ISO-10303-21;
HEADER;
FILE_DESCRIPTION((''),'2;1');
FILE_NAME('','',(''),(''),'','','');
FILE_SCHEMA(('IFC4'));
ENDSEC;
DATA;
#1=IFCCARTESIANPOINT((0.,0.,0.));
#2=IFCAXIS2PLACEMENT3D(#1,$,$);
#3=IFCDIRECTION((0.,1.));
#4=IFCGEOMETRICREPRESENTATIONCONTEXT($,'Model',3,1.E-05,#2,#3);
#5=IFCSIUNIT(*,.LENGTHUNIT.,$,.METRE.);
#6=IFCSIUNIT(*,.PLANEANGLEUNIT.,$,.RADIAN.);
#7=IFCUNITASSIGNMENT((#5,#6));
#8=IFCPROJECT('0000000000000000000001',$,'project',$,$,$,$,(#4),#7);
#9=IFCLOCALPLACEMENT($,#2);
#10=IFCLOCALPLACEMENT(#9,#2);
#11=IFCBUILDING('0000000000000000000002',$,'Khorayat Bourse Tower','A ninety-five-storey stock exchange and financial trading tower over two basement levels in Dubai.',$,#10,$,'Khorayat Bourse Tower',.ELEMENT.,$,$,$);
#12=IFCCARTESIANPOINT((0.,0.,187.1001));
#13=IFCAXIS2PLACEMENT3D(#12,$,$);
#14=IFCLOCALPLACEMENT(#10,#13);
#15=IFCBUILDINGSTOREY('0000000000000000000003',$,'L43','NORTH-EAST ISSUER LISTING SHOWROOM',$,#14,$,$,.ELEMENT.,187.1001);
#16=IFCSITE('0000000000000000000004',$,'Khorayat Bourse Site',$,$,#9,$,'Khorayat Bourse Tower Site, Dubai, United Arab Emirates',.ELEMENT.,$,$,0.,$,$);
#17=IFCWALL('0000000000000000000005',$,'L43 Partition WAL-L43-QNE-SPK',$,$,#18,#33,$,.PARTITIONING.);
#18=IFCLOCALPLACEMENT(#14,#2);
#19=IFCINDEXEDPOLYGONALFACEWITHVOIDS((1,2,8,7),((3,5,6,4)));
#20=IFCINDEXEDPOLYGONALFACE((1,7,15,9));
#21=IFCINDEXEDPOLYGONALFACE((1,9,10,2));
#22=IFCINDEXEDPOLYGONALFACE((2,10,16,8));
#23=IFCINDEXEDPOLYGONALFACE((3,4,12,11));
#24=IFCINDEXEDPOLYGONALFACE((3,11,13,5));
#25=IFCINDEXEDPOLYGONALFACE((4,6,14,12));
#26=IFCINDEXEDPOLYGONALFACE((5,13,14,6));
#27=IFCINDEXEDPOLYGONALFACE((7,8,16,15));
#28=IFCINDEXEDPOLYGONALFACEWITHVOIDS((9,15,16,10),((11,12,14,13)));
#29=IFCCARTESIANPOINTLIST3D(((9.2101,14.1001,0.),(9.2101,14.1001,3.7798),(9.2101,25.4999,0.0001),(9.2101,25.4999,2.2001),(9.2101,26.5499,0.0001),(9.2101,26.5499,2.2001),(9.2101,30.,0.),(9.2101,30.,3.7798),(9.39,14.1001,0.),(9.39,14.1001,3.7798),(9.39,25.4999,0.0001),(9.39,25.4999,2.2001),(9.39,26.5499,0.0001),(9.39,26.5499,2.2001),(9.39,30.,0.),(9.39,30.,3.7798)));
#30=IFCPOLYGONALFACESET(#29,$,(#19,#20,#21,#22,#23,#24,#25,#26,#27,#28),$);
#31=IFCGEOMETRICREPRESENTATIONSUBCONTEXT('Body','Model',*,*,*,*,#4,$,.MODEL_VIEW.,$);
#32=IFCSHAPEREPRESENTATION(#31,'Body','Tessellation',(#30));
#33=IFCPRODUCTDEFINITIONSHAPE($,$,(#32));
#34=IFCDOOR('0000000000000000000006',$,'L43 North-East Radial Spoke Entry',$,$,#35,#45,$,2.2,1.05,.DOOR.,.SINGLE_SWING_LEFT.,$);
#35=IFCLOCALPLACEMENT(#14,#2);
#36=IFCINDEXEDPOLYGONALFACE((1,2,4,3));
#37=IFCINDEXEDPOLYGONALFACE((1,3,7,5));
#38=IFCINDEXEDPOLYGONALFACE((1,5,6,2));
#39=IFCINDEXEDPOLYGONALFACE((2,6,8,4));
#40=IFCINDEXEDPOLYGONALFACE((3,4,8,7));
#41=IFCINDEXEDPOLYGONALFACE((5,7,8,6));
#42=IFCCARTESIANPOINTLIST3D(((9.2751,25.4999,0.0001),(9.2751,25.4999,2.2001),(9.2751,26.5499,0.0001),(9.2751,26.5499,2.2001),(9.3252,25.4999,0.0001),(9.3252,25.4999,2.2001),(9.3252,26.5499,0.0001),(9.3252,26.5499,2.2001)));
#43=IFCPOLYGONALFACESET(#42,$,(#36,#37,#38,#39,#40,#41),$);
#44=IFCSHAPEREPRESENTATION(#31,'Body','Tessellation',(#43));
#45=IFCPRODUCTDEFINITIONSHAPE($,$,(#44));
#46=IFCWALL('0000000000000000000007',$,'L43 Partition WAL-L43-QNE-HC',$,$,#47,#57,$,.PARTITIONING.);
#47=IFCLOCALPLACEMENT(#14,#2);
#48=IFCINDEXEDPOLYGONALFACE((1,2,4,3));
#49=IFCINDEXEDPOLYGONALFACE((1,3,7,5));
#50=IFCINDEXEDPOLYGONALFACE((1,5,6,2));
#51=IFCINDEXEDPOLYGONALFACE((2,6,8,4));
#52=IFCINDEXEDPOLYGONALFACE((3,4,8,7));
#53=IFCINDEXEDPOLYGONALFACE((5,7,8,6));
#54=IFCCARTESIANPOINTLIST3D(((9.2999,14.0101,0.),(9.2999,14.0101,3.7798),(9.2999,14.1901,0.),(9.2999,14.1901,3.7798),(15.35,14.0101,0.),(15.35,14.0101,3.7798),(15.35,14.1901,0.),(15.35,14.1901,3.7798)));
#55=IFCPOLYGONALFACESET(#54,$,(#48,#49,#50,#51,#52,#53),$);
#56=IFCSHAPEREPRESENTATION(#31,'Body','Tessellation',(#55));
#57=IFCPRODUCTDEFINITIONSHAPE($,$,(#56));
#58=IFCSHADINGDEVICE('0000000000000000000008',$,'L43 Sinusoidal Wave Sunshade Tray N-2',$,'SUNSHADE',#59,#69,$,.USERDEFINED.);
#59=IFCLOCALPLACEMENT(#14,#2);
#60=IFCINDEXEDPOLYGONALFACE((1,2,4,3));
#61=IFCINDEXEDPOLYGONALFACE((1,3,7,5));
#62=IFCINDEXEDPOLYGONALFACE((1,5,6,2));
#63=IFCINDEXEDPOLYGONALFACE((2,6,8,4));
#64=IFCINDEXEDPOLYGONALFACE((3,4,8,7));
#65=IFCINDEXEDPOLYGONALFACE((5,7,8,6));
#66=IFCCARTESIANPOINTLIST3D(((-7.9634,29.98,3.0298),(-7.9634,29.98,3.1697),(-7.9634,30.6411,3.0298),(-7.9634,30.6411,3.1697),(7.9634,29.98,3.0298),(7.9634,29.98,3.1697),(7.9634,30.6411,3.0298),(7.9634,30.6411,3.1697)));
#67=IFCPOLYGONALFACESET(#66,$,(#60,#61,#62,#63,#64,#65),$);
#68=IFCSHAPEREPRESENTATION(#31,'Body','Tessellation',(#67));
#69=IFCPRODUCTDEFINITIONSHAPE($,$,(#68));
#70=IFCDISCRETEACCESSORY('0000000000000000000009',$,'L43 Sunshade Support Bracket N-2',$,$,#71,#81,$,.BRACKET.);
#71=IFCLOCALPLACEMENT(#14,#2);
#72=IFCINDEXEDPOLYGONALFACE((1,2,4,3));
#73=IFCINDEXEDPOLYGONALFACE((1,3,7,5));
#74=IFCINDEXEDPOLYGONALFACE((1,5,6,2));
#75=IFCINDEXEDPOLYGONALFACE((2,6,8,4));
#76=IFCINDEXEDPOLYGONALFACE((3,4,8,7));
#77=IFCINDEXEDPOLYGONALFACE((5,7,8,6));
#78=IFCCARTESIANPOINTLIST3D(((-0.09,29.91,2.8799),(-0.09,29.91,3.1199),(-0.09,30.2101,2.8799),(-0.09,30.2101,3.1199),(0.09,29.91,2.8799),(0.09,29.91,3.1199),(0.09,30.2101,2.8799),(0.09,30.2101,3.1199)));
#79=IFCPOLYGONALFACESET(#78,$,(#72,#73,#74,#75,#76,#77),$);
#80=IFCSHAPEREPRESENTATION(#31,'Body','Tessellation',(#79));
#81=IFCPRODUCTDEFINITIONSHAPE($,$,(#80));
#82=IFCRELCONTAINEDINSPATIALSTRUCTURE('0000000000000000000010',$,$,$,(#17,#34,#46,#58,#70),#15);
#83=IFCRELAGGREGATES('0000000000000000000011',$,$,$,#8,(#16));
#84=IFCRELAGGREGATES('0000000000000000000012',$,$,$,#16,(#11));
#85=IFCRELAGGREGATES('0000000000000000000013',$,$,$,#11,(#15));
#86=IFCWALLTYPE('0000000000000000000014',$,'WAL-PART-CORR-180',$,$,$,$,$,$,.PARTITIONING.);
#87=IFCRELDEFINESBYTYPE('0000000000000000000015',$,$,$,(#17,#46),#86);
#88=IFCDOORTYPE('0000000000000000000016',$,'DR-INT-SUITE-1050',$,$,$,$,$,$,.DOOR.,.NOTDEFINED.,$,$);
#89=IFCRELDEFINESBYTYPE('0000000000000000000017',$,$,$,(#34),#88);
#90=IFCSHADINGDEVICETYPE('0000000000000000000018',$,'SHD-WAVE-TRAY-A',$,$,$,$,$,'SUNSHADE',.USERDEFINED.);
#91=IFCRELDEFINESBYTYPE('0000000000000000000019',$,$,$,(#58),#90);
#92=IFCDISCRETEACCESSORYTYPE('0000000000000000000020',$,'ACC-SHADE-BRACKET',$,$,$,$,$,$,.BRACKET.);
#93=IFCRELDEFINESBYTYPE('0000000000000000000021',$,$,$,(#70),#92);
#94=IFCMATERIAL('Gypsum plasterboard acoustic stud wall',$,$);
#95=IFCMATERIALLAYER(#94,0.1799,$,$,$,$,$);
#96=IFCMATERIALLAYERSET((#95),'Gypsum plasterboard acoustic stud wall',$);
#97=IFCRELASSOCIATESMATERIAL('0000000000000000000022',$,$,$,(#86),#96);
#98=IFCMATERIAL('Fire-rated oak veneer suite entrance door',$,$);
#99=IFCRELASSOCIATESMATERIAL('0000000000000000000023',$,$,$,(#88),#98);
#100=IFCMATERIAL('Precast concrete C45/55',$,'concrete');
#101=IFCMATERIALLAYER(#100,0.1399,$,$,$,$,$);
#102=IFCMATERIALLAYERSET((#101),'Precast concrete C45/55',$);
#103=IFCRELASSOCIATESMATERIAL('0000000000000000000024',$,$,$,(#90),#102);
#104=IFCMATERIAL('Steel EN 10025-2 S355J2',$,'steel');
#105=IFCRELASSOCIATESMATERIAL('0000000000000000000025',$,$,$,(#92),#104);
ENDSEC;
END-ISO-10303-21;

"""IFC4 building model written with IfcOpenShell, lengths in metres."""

from ifc_helpers import new_model, si_unit, direction, frame, frame_2d, origin, origin_2d, place, context, subcontext, project, spatial, rectangle, extrude, source, transform, mapped, material, layer, layer_set, type_object, element, fill, save


model = new_model("IFC4")

# Units and contexts
model_context = context("Model", 3, precision=1e-05, world=origin(), true_north=direction((0.0, 1.0)))
body_context = subcontext(model_context, "Body", "Model", "MODEL_VIEW")
ifc_project = project(units=[si_unit("LENGTHUNIT", "METRE"), si_unit("PLANEANGLEUNIT", "RADIAN")], contexts=[model_context])

# Site, building, storey
site_placement = place(None, origin())
site = spatial("IfcSite", under=ifc_project, at=site_placement, Name="Khorayat Bourse Site", LongName="Khorayat Bourse Tower Site, Dubai, United Arab Emirates", CompositionType="ELEMENT", RefElevation=0.0)
building_placement = place(site_placement, origin())
building = spatial("IfcBuilding", under=site, at=building_placement, Name="Khorayat Bourse Tower", Description="A ninety-five-storey stock exchange and financial trading tower over two basement levels in Dubai.", LongName="Khorayat Bourse Tower", CompositionType="ELEMENT")
storey_placement = place(building_placement, frame((0.0, 0.0, 187.1001)))
storey = spatial("IfcBuildingStorey", under=building, at=storey_placement, Name="L43", Description="NORTH-EAST ISSUER LISTING SHOWROOM", CompositionType="ELEMENT", Elevation=187.1001)

# Shared definitions
ifc_material_1 = material(Name="Steel EN 10025-2 S355J2", Category="steel")

# Shared definitions
ifc_material_2 = material(Name="Gypsum plasterboard acoustic stud wall")
ifc_layer_1 = layer(ifc_material_2, 0.1799)
ifc_layer_set_1 = layer_set([ifc_layer_1], Name="Gypsum plasterboard acoustic stud wall")
wall_type = type_object("IfcWallType", Name="WAL-PART-CORR-180", PredefinedType="PARTITIONING", material=ifc_layer_set_1)

# Wall, opening, door
shared_shape_1 = source(origin(), body_context, "Body", "SweptSolid", [
    extrude(rectangle(XDim=15.8999, YDim=0.1799, at=frame_2d((7.95, 0.0))), origin(), (0.0, 0.0, 1.0), 3.7798),
])
shared_shape_2 = source(origin(), body_context, "Body", "SweptSolid", [
    extrude(rectangle(XDim=1.05, YDim=2.2, at=frame_2d((0.5249, 1.1001))), frame((0.0, 0.0999, 0.0), z_axis=(0.0, -1.0, 0.0), x_axis=(1.0, 0.0, 0.0)), (0.0, 0.0, 1.0), 0.2),
])
ifc_material_3 = material(Name="Fire-rated oak veneer suite entrance door")
door_type = type_object("IfcDoorType", Name="DR-INT-SUITE-1050", OperationType="NOTDEFINED", PredefinedType="DOOR", material=ifc_material_3)
shared_shape_3 = source(origin(), body_context, "Body", "SweptSolid", [
    extrude(rectangle(XDim=1.05, YDim=2.2, at=frame_2d((0.5249, 1.1001))), frame((0.0, 0.0249, 0.0), z_axis=(0.0, -1.0, 0.0), x_axis=(1.0, 0.0, 0.0)), (0.0, 0.0, 1.0), 0.05),
])
wall_1_placement = place(storey_placement, frame((9.3, 14.1001, 0.0), z_axis=(0.0, 0.0, 1.0), x_axis=(0.0, 1.0, 0.0)))
wall_1 = element("IfcWall", 1, at=wall_1_placement, inside=storey, type_object=wall_type, Name="L43 Partition WAL-L43-QNE-SPK", PredefinedType="PARTITIONING", context=body_context, shape_type="MappedRepresentation", body=[
    mapped(shared_shape_1, transform((0.0, 0.0, 0.0), scale=1.0)),
])
opening_1_placement = place(wall_1_placement, frame((11.3999, 0.0, 0.0)))
opening_1 = element("IfcOpeningElement", 2, at=opening_1_placement, cuts=wall_1, PredefinedType="OPENING", context=body_context, shape_type="MappedRepresentation", body=[
    mapped(shared_shape_2, transform((0.0, 0.0, 0.0), scale=1.0)),
])
door_1_placement = place(opening_1_placement, origin())
door_1 = element("IfcDoor", 3, at=door_1_placement, inside=storey, type_object=door_type, Name="L43 North-East Radial Spoke Entry", OperationType="SINGLE_SWING_LEFT", OverallHeight=2.2, OverallWidth=1.05, PredefinedType="DOOR", context=body_context, shape_type="MappedRepresentation", body=[
    mapped(shared_shape_3, transform((0.0, 0.0, 0.0), scale=1.0)),
])
fill(opening_1, door_1)

# Wall
shared_shape_4 = source(origin(), body_context, "Body", "SweptSolid", [
    extrude(rectangle(XDim=6.05, YDim=0.1799, at=frame_2d((3.0249, 0.0))), origin(), (0.0, 0.0, 1.0), 3.7798),
])
wall_2_placement = place(storey_placement, frame((9.3, 14.1001, 0.0), z_axis=(0.0, 0.0, 1.0), x_axis=(1.0, 0.0, 0.0)))
element("IfcWall", 4, at=wall_2_placement, inside=storey, type_object=wall_type, Name="L43 Partition WAL-L43-QNE-HC", PredefinedType="PARTITIONING", context=body_context, shape_type="MappedRepresentation", body=[
    mapped(shared_shape_4, transform((0.0, 0.0, 0.0), scale=1.0)),
])

# Shading device
ifc_material_4 = material(Name="Precast concrete C45/55", Category="concrete")
ifc_layer_2 = layer(ifc_material_4, 0.1399)
ifc_layer_set_2 = layer_set([ifc_layer_2], Name="Precast concrete C45/55")
shading_device_type = type_object("IfcShadingDeviceType", Name="SHD-WAVE-TRAY-A", ElementType="SUNSHADE", PredefinedType="USERDEFINED", material=ifc_layer_set_2)
shared_shape_5 = source(origin(), body_context, "Body", "SweptSolid", [
    extrude(rectangle(XDim=15.9268, YDim=0.6611, at=origin_2d()), origin(), (0.0, 0.0, 1.0), 0.1399),
])
shading_device_placement = place(storey_placement, frame((0.0, 30.3105, 3.0298), z_axis=(0.0, 0.0, 1.0), x_axis=(1.0, 0.0, 0.0)))
element("IfcShadingDevice", 5, at=shading_device_placement, inside=storey, type_object=shading_device_type, Name="L43 Sinusoidal Wave Sunshade Tray N-2", ObjectType="SUNSHADE", PredefinedType="USERDEFINED", context=body_context, shape_type="MappedRepresentation", body=[
    mapped(shared_shape_5, transform((0.0, 0.0, 0.0), scale=1.0)),
])

# Discrete accessory
discrete_accessory_type = type_object("IfcDiscreteAccessoryType", Name="ACC-SHADE-BRACKET", PredefinedType="BRACKET", material=ifc_material_1)
shared_shape_6 = source(origin(), body_context, "Body", "SweptSolid", [
    extrude(rectangle(XDim=0.1799, YDim=0.3, at=origin_2d()), origin(), (0.0, 0.0, 1.0), 0.24),
])
discrete_accessory_placement = place(storey_placement, frame((0.0, 30.0601, 2.8799), z_axis=(0.0, 0.0, 1.0), x_axis=(1.0, 0.0, 0.0)))
element("IfcDiscreteAccessory", 6, at=discrete_accessory_placement, inside=storey, type_object=discrete_accessory_type, Name="L43 Sunshade Support Bracket N-2", PredefinedType="BRACKET", context=body_context, shape_type="MappedRepresentation", body=[
    mapped(shared_shape_6, transform((0.0, 0.0, 0.0), scale=1.0)),
])

save(model, "model.ifc")
